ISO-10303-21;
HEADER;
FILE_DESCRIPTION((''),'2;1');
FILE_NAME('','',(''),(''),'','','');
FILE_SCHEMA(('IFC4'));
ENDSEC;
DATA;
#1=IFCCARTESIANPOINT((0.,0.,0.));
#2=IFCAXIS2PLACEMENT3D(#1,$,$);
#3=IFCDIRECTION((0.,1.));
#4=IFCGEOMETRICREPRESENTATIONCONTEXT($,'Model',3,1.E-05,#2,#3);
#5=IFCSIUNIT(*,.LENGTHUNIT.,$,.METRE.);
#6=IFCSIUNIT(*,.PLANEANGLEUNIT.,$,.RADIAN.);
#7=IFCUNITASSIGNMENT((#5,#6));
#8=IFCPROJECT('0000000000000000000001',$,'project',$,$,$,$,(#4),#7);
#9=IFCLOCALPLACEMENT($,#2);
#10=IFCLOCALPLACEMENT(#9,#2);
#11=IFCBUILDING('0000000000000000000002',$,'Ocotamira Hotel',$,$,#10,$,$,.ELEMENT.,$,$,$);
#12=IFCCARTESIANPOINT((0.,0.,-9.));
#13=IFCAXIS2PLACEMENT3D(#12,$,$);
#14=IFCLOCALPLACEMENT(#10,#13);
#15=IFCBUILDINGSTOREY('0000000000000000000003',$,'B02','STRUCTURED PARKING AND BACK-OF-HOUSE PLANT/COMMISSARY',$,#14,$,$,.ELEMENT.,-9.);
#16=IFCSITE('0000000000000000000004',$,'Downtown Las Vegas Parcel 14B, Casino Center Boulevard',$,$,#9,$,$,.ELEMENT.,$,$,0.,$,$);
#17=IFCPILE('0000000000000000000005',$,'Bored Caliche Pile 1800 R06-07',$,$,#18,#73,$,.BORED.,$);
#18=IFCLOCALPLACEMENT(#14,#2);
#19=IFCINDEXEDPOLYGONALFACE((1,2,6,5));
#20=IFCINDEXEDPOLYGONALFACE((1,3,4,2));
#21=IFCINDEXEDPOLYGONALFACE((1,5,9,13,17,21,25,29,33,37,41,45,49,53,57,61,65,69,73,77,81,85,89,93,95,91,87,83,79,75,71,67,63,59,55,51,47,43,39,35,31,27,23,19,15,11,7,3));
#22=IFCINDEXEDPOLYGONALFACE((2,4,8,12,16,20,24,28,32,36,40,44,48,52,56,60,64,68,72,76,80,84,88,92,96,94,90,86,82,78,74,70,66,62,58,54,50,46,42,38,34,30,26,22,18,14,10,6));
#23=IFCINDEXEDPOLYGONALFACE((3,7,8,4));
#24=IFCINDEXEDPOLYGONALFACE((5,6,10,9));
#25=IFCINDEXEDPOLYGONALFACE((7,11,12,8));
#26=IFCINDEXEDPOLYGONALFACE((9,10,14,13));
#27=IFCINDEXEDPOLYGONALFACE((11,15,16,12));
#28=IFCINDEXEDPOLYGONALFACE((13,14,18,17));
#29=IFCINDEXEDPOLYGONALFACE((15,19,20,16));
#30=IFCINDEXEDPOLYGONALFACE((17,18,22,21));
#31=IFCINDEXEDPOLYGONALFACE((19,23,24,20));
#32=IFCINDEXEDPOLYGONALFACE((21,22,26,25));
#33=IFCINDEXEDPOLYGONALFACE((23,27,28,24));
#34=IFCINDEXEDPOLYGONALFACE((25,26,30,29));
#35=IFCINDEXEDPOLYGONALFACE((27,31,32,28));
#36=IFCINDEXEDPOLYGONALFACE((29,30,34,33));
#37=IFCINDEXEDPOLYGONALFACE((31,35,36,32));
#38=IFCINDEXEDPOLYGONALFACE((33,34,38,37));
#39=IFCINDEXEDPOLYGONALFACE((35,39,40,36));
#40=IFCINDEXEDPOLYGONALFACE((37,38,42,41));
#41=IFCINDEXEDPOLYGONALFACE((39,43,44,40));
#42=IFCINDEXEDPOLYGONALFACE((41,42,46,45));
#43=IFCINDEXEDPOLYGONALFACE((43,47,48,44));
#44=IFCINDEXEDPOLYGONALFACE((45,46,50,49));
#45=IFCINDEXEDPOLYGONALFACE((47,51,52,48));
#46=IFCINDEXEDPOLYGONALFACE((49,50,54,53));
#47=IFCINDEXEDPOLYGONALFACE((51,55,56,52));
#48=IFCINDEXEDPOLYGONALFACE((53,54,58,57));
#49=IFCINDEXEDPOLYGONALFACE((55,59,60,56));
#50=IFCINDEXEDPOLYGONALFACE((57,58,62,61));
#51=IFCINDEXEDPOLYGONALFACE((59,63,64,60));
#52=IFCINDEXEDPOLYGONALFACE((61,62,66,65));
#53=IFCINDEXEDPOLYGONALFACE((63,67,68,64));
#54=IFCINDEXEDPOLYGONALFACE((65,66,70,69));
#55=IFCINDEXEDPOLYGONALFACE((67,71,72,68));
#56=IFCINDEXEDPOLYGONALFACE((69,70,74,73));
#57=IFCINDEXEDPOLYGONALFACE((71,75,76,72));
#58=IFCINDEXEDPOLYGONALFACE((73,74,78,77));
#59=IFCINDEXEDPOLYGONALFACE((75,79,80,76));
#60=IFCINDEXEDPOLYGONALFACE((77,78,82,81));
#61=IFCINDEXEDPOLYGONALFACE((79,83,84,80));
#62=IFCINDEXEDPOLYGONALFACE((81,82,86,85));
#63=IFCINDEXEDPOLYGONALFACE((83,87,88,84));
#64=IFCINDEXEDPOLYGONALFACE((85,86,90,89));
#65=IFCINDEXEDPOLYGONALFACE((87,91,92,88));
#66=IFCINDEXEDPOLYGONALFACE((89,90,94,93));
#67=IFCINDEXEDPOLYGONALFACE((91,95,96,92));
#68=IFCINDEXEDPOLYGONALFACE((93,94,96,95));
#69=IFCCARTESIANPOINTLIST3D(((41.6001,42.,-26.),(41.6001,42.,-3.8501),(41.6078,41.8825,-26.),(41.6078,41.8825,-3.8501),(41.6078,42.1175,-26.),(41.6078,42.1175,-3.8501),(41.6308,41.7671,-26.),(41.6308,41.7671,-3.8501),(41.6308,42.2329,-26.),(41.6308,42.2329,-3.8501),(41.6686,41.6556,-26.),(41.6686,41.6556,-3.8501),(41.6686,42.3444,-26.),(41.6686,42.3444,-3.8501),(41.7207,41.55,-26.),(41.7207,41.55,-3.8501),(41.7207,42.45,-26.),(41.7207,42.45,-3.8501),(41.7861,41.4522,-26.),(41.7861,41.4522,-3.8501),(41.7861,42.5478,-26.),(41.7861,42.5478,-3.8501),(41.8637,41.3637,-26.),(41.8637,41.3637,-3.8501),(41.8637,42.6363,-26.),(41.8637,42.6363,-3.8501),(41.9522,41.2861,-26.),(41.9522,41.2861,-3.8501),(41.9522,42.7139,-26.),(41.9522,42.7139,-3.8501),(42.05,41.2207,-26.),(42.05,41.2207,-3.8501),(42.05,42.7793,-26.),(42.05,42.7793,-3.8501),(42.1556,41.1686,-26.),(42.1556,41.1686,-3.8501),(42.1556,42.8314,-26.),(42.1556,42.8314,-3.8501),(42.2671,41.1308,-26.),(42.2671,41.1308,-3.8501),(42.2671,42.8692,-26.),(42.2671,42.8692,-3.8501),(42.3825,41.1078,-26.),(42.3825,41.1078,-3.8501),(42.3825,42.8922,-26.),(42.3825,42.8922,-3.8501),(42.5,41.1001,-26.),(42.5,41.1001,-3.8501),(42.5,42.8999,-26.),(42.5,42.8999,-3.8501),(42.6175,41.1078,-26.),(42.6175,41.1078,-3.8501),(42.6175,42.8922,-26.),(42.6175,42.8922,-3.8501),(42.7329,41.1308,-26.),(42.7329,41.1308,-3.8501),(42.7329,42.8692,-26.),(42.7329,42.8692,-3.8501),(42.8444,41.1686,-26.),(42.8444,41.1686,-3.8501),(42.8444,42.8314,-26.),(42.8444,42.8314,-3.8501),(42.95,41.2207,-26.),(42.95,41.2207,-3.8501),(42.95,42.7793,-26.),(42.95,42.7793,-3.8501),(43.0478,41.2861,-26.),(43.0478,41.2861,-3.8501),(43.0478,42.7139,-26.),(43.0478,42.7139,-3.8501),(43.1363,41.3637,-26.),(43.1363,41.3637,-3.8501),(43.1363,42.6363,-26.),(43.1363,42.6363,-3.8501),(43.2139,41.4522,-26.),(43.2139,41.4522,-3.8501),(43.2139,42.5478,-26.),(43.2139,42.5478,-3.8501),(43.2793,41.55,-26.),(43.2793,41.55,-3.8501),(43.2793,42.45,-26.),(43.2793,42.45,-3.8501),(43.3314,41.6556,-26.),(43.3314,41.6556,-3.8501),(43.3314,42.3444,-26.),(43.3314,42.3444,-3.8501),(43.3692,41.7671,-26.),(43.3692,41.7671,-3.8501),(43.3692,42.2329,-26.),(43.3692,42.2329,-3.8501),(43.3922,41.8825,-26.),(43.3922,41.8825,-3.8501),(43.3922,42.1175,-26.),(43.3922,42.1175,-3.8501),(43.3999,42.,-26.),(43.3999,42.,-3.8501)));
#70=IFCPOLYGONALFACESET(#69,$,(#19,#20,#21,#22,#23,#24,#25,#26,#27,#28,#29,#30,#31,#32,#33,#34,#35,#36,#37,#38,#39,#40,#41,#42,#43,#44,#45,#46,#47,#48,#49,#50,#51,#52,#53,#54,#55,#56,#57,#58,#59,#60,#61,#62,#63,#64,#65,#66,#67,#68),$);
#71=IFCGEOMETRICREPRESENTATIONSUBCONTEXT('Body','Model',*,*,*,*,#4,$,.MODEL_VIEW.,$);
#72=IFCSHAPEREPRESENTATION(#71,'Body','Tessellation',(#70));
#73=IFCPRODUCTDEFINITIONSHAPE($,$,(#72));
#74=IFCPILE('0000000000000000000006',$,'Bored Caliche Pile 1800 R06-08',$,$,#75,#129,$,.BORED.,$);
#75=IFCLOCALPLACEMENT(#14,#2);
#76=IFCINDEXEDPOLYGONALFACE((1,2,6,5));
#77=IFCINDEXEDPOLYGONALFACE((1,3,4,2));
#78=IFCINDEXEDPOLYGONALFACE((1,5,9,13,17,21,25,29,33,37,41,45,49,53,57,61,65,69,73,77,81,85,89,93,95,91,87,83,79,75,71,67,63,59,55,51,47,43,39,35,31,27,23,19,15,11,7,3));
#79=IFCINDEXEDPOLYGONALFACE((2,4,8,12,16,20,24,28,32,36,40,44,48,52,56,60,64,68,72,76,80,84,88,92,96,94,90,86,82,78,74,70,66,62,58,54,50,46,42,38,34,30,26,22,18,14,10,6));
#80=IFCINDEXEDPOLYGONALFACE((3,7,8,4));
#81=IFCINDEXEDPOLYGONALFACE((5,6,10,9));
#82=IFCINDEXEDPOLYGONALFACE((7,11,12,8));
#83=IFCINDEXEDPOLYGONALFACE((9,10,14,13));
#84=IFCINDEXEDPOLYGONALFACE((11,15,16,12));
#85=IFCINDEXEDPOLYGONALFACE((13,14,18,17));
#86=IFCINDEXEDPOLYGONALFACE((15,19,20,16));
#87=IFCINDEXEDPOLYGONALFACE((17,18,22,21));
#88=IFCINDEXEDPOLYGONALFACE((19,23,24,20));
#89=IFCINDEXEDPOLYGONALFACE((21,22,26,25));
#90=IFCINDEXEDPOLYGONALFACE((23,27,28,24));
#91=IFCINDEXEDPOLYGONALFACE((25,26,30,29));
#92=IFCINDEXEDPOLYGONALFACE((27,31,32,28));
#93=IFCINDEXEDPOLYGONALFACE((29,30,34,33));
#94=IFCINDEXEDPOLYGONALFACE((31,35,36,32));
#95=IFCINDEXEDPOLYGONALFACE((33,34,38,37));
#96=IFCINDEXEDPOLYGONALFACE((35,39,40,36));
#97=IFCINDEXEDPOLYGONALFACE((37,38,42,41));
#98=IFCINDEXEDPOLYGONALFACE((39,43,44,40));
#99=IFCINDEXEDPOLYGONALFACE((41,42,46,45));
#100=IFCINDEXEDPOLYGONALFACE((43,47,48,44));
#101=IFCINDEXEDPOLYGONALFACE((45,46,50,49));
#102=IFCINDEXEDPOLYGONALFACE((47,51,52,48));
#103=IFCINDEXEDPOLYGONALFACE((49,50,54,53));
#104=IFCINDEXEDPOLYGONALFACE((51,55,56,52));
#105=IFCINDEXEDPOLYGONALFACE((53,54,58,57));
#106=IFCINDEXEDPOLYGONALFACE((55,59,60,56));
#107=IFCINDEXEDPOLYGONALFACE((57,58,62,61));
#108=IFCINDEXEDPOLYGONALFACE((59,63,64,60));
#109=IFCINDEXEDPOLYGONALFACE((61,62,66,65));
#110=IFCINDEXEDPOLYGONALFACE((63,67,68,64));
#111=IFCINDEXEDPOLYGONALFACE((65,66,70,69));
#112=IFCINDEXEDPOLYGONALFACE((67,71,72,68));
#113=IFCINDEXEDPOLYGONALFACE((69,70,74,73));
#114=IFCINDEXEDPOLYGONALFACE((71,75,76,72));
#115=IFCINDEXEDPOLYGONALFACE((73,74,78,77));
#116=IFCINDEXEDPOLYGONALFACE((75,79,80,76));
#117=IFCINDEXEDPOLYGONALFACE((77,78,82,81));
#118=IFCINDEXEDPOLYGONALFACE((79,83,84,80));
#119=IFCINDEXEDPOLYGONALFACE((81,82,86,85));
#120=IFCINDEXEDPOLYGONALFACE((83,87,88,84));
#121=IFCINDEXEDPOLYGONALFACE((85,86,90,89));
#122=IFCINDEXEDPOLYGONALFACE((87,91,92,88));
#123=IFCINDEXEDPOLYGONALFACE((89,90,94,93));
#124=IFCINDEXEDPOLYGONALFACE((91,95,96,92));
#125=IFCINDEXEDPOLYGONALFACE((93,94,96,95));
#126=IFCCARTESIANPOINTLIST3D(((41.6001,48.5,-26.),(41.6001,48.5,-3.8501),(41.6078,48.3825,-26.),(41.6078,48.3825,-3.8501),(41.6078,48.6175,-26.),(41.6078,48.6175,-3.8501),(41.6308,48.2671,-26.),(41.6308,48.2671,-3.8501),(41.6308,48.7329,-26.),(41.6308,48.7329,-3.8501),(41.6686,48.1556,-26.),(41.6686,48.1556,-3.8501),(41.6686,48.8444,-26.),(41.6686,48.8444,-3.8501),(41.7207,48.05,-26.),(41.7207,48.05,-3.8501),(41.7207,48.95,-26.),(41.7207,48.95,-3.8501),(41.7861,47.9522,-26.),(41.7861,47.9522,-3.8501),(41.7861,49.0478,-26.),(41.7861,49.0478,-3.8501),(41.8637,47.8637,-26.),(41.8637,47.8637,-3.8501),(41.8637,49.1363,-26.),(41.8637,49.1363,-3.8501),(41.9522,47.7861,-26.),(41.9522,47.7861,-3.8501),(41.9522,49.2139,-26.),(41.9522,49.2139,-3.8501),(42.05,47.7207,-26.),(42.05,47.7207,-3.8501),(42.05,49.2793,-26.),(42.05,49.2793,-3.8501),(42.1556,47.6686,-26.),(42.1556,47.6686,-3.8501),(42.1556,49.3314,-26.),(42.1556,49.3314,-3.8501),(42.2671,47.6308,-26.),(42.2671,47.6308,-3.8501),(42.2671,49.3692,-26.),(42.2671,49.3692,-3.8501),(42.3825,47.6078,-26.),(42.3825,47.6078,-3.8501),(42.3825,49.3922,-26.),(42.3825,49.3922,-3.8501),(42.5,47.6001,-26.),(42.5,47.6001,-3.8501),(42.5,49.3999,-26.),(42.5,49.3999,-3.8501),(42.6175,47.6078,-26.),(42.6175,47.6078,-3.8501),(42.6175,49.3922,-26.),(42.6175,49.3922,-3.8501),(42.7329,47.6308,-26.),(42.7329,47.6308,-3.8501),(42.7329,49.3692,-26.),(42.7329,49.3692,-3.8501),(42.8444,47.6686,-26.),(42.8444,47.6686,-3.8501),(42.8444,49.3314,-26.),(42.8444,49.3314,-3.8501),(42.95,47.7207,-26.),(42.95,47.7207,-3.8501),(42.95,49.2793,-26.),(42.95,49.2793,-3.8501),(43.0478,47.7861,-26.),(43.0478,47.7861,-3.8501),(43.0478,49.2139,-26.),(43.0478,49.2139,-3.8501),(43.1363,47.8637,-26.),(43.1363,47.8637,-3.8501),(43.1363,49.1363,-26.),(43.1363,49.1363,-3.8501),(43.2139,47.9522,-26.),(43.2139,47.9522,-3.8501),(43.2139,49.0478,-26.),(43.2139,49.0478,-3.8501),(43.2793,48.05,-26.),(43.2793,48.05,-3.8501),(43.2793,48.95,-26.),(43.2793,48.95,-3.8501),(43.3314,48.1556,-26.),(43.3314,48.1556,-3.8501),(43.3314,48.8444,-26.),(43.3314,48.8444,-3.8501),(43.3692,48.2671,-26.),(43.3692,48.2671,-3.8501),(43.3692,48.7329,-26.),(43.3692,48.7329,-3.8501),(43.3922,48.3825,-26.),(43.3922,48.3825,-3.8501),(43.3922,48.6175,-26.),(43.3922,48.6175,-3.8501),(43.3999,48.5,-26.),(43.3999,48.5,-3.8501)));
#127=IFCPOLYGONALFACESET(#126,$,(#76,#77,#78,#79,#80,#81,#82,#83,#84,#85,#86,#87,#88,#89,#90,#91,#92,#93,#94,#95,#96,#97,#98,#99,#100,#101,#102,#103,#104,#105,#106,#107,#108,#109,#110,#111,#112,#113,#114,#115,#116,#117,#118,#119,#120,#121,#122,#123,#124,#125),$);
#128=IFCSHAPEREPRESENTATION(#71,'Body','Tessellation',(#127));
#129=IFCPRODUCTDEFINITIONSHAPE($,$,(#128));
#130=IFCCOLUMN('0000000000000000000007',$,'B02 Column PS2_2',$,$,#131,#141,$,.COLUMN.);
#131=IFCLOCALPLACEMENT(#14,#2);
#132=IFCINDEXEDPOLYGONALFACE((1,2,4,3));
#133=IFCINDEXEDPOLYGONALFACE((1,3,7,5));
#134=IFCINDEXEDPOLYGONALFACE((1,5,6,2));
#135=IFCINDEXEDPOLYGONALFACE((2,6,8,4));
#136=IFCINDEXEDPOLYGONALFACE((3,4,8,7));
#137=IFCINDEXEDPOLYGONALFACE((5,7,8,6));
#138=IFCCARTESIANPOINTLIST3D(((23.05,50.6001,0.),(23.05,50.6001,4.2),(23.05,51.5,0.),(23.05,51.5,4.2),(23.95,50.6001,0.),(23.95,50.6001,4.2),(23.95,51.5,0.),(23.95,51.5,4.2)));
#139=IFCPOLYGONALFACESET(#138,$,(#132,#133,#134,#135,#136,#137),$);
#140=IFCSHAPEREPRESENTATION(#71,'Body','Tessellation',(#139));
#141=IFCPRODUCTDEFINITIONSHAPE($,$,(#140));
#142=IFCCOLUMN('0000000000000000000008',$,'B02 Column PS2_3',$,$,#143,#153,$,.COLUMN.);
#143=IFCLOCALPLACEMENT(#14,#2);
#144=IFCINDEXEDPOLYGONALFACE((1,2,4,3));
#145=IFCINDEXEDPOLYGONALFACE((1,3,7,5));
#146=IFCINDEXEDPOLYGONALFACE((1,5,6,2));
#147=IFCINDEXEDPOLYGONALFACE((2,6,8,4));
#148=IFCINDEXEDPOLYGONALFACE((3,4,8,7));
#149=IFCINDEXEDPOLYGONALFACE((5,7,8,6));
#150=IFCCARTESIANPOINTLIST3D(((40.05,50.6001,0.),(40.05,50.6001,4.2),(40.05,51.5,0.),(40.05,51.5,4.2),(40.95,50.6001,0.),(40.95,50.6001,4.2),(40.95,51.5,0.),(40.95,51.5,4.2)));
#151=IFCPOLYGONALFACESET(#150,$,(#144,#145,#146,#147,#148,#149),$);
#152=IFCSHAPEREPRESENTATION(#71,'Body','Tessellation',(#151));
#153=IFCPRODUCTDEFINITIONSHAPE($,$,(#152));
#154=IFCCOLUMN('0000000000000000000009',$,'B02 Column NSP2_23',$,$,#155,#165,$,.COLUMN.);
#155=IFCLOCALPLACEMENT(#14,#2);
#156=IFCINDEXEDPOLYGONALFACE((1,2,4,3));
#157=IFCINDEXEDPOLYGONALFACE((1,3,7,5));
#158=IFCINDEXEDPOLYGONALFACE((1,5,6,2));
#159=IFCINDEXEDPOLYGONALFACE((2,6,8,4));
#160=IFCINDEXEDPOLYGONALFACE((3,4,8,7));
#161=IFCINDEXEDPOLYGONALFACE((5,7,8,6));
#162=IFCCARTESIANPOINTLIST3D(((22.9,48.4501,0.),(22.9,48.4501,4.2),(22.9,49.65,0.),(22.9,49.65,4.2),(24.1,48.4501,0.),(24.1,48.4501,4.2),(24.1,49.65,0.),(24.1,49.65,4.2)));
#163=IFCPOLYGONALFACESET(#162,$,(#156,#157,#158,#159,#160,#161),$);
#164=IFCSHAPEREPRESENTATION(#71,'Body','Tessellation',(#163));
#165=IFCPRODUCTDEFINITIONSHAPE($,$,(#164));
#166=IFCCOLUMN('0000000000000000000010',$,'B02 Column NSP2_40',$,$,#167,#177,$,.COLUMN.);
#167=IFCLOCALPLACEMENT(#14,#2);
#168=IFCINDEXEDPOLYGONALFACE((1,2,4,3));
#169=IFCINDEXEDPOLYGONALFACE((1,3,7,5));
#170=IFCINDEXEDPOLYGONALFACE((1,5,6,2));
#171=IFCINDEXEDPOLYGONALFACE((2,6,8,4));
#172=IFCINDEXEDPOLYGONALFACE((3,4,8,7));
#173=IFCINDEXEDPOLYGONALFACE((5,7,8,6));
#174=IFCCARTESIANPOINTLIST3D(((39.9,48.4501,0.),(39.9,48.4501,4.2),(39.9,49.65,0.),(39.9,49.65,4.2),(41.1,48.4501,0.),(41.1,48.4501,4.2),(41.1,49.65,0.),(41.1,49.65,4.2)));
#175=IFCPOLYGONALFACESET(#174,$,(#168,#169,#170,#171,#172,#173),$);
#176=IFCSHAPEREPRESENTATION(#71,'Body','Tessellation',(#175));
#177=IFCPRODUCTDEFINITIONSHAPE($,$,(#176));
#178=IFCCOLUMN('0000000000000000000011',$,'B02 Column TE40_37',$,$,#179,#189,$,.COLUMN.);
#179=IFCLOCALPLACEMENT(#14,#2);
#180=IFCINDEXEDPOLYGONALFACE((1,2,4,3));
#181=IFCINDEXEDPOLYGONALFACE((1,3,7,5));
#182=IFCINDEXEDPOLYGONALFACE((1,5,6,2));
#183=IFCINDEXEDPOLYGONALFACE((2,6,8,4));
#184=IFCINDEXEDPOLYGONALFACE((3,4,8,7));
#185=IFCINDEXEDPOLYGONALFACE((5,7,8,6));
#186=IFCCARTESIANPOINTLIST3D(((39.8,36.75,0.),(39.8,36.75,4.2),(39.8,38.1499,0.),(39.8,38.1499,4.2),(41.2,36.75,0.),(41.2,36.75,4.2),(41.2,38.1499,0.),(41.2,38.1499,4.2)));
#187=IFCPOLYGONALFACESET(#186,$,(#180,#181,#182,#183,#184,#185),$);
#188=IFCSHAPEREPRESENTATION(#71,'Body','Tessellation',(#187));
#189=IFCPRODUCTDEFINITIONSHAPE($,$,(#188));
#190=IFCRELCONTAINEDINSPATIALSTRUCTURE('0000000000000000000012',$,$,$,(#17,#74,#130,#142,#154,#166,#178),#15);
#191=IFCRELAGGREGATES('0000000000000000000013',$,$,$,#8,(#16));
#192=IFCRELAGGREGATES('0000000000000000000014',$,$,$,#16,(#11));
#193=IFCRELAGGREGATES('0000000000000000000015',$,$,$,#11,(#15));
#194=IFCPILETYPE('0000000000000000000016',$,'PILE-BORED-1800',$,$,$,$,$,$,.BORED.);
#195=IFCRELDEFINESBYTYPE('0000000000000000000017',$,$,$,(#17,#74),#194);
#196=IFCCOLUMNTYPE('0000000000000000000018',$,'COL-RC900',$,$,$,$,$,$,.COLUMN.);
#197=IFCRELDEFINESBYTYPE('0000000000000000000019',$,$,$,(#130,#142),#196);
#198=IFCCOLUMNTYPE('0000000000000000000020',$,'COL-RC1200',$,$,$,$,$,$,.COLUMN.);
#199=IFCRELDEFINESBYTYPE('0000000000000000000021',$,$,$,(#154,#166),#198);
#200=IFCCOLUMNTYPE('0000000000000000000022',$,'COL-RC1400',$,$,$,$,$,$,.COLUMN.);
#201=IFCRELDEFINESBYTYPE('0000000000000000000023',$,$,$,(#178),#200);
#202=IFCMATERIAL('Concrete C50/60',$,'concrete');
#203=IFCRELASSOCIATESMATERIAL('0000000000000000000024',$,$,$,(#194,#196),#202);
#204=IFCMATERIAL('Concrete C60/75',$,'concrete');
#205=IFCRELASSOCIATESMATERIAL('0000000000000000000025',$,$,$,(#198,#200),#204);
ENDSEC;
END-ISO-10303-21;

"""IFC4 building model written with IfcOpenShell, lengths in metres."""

from ifc_helpers import new_model, si_unit, direction, frame, origin, origin_2d, place, context, subcontext, project, spatial, rectangle, circle, extrude, source, transform, mapped, material, material_profile, profile_set, type_object, element, save


model = new_model("IFC4")

# Units and contexts
model_context = context("Model", 3, precision=1e-05, world=origin(), true_north=direction((0.0, 1.0)))
body_context = subcontext(model_context, "Body", "Model", "MODEL_VIEW")
ifc_project = project(units=[si_unit("LENGTHUNIT", "METRE"), si_unit("PLANEANGLEUNIT", "RADIAN")], contexts=[model_context])

# Site, building, storey
site_placement = place(None, origin())
site = spatial("IfcSite", under=ifc_project, at=site_placement, Name="Downtown Las Vegas Parcel 14B, Casino Center Boulevard", CompositionType="ELEMENT", RefElevation=0.0)
building_placement = place(site_placement, origin())
building = spatial("IfcBuilding", under=site, at=building_placement, Name="Ocotamira Hotel", CompositionType="ELEMENT")
storey_placement = place(building_placement, frame((0.0, 0.0, -9.0)))
storey = spatial("IfcBuildingStorey", under=building, at=storey_placement, Name="B02", Description="STRUCTURED PARKING AND BACK-OF-HOUSE PLANT/COMMISSARY", CompositionType="ELEMENT", Elevation=-9.0)

# Piles
ifc_material_1 = material(Name="Concrete C50/60", Category="concrete")
ifc_material_profile_1 = material_profile(ifc_material_1, circle(Radius=0.8999, at=origin_2d()), Name="PILE1800")
ifc_profile_set_1 = profile_set([ifc_material_profile_1], Name="Concrete C50/60")
pile_type = type_object("IfcPileType", Name="PILE-BORED-1800", PredefinedType="BORED", material=ifc_profile_set_1)
shared_shape_1 = source(origin(), body_context, "Body", "SweptSolid", [
    extrude(circle(Radius=0.8999, at=origin_2d()), origin(), (0.0, 0.0, 1.0), 22.1499),
])
for number, where, z_axis, x_axis, name in (
    (1, (42.5, 42.0, -3.8501), (0.0, 0.0, -1.0), (1.0, 0.0, 0.0), "Bored Caliche Pile 1800 R06-07"),
    (2, (42.5, 48.5, -3.8501), (0.0, 0.0, -1.0), (1.0, 0.0, 0.0), "Bored Caliche Pile 1800 R06-08"),
):
    element("IfcPile", number, at=place(storey_placement, frame(where, z_axis=z_axis, x_axis=x_axis)), inside=storey, type_object=pile_type, Name=name, PredefinedType="BORED", context=body_context, shape_type="MappedRepresentation", body=[
        mapped(shared_shape_1, transform((0.0, 0.0, 0.0), scale=1.0)),
    ])

# Columns
ifc_material_profile_2 = material_profile(ifc_material_1, rectangle(XDim=0.8999, YDim=0.8999, at=origin_2d()), Name="RC900X900")
ifc_profile_set_2 = profile_set([ifc_material_profile_2], Name="Concrete C50/60")
column_type_1 = type_object("IfcColumnType", Name="COL-RC900", PredefinedType="COLUMN", material=ifc_profile_set_2)
shared_shape_2 = source(origin(), body_context, "Body", "SweptSolid", [
    extrude(rectangle(XDim=0.8999, YDim=0.8999, at=origin_2d()), origin(), (0.0, 0.0, 1.0), 4.2),
])
for number, where, z_axis, x_axis, name in (
    (3, (23.5, 51.05, 0.0), (0.0, 0.0, 1.0), (1.0, 0.0, 0.0), "B02 Column PS2_2"),
    (4, (40.5, 51.05, 0.0), (0.0, 0.0, 1.0), (1.0, 0.0, 0.0), "B02 Column PS2_3"),
):
    element("IfcColumn", number, at=place(storey_placement, frame(where, z_axis=z_axis, x_axis=x_axis)), inside=storey, type_object=column_type_1, Name=name, PredefinedType="COLUMN", context=body_context, shape_type="MappedRepresentation", body=[
        mapped(shared_shape_2, transform((0.0, 0.0, 0.0), scale=1.0)),
    ])
ifc_material_2 = material(Name="Concrete C60/75", Category="concrete")
ifc_material_profile_3 = material_profile(ifc_material_2, rectangle(XDim=1.2, YDim=1.2, at=origin_2d()), Name="RC1200X1200")
ifc_profile_set_3 = profile_set([ifc_material_profile_3], Name="Concrete C60/75")
column_type_2 = type_object("IfcColumnType", Name="COL-RC1200", PredefinedType="COLUMN", material=ifc_profile_set_3)
shared_shape_3 = source(origin(), body_context, "Body", "SweptSolid", [
    extrude(rectangle(XDim=1.2, YDim=1.2, at=origin_2d()), origin(), (0.0, 0.0, 1.0), 4.2),
])
for number, where, z_axis, x_axis, name in (
    (5, (23.5, 49.05, 0.0), (0.0, 0.0, 1.0), (1.0, 0.0, 0.0), "B02 Column NSP2_23"),
    (6, (40.5, 49.05, 0.0), (0.0, 0.0, 1.0), (1.0, 0.0, 0.0), "B02 Column NSP2_40"),
):
    element("IfcColumn", number, at=place(storey_placement, frame(where, z_axis=z_axis, x_axis=x_axis)), inside=storey, type_object=column_type_2, Name=name, PredefinedType="COLUMN", context=body_context, shape_type="MappedRepresentation", body=[
        mapped(shared_shape_3, transform((0.0, 0.0, 0.0), scale=1.0)),
    ])
ifc_material_profile_4 = material_profile(ifc_material_2, rectangle(XDim=1.3999, YDim=1.3999, at=origin_2d()), Name="RC1400X1400")
ifc_profile_set_4 = profile_set([ifc_material_profile_4], Name="Concrete C60/75")
column_type_3 = type_object("IfcColumnType", Name="COL-RC1400", PredefinedType="COLUMN", material=ifc_profile_set_4)
shared_shape_4 = source(origin(), body_context, "Body", "SweptSolid", [
    extrude(rectangle(XDim=1.3999, YDim=1.3999, at=origin_2d()), origin(), (0.0, 0.0, 1.0), 4.2),
])
column_placement = place(storey_placement, frame((40.5, 37.45, 0.0), z_axis=(0.0, 0.0, 1.0), x_axis=(1.0, 0.0, 0.0)))
element("IfcColumn", 7, at=column_placement, inside=storey, type_object=column_type_3, Name="B02 Column TE40_37", PredefinedType="COLUMN", context=body_context, shape_type="MappedRepresentation", body=[
    mapped(shared_shape_4, transform((0.0, 0.0, 0.0), scale=1.0)),
])

save(model, "model.ifc")
